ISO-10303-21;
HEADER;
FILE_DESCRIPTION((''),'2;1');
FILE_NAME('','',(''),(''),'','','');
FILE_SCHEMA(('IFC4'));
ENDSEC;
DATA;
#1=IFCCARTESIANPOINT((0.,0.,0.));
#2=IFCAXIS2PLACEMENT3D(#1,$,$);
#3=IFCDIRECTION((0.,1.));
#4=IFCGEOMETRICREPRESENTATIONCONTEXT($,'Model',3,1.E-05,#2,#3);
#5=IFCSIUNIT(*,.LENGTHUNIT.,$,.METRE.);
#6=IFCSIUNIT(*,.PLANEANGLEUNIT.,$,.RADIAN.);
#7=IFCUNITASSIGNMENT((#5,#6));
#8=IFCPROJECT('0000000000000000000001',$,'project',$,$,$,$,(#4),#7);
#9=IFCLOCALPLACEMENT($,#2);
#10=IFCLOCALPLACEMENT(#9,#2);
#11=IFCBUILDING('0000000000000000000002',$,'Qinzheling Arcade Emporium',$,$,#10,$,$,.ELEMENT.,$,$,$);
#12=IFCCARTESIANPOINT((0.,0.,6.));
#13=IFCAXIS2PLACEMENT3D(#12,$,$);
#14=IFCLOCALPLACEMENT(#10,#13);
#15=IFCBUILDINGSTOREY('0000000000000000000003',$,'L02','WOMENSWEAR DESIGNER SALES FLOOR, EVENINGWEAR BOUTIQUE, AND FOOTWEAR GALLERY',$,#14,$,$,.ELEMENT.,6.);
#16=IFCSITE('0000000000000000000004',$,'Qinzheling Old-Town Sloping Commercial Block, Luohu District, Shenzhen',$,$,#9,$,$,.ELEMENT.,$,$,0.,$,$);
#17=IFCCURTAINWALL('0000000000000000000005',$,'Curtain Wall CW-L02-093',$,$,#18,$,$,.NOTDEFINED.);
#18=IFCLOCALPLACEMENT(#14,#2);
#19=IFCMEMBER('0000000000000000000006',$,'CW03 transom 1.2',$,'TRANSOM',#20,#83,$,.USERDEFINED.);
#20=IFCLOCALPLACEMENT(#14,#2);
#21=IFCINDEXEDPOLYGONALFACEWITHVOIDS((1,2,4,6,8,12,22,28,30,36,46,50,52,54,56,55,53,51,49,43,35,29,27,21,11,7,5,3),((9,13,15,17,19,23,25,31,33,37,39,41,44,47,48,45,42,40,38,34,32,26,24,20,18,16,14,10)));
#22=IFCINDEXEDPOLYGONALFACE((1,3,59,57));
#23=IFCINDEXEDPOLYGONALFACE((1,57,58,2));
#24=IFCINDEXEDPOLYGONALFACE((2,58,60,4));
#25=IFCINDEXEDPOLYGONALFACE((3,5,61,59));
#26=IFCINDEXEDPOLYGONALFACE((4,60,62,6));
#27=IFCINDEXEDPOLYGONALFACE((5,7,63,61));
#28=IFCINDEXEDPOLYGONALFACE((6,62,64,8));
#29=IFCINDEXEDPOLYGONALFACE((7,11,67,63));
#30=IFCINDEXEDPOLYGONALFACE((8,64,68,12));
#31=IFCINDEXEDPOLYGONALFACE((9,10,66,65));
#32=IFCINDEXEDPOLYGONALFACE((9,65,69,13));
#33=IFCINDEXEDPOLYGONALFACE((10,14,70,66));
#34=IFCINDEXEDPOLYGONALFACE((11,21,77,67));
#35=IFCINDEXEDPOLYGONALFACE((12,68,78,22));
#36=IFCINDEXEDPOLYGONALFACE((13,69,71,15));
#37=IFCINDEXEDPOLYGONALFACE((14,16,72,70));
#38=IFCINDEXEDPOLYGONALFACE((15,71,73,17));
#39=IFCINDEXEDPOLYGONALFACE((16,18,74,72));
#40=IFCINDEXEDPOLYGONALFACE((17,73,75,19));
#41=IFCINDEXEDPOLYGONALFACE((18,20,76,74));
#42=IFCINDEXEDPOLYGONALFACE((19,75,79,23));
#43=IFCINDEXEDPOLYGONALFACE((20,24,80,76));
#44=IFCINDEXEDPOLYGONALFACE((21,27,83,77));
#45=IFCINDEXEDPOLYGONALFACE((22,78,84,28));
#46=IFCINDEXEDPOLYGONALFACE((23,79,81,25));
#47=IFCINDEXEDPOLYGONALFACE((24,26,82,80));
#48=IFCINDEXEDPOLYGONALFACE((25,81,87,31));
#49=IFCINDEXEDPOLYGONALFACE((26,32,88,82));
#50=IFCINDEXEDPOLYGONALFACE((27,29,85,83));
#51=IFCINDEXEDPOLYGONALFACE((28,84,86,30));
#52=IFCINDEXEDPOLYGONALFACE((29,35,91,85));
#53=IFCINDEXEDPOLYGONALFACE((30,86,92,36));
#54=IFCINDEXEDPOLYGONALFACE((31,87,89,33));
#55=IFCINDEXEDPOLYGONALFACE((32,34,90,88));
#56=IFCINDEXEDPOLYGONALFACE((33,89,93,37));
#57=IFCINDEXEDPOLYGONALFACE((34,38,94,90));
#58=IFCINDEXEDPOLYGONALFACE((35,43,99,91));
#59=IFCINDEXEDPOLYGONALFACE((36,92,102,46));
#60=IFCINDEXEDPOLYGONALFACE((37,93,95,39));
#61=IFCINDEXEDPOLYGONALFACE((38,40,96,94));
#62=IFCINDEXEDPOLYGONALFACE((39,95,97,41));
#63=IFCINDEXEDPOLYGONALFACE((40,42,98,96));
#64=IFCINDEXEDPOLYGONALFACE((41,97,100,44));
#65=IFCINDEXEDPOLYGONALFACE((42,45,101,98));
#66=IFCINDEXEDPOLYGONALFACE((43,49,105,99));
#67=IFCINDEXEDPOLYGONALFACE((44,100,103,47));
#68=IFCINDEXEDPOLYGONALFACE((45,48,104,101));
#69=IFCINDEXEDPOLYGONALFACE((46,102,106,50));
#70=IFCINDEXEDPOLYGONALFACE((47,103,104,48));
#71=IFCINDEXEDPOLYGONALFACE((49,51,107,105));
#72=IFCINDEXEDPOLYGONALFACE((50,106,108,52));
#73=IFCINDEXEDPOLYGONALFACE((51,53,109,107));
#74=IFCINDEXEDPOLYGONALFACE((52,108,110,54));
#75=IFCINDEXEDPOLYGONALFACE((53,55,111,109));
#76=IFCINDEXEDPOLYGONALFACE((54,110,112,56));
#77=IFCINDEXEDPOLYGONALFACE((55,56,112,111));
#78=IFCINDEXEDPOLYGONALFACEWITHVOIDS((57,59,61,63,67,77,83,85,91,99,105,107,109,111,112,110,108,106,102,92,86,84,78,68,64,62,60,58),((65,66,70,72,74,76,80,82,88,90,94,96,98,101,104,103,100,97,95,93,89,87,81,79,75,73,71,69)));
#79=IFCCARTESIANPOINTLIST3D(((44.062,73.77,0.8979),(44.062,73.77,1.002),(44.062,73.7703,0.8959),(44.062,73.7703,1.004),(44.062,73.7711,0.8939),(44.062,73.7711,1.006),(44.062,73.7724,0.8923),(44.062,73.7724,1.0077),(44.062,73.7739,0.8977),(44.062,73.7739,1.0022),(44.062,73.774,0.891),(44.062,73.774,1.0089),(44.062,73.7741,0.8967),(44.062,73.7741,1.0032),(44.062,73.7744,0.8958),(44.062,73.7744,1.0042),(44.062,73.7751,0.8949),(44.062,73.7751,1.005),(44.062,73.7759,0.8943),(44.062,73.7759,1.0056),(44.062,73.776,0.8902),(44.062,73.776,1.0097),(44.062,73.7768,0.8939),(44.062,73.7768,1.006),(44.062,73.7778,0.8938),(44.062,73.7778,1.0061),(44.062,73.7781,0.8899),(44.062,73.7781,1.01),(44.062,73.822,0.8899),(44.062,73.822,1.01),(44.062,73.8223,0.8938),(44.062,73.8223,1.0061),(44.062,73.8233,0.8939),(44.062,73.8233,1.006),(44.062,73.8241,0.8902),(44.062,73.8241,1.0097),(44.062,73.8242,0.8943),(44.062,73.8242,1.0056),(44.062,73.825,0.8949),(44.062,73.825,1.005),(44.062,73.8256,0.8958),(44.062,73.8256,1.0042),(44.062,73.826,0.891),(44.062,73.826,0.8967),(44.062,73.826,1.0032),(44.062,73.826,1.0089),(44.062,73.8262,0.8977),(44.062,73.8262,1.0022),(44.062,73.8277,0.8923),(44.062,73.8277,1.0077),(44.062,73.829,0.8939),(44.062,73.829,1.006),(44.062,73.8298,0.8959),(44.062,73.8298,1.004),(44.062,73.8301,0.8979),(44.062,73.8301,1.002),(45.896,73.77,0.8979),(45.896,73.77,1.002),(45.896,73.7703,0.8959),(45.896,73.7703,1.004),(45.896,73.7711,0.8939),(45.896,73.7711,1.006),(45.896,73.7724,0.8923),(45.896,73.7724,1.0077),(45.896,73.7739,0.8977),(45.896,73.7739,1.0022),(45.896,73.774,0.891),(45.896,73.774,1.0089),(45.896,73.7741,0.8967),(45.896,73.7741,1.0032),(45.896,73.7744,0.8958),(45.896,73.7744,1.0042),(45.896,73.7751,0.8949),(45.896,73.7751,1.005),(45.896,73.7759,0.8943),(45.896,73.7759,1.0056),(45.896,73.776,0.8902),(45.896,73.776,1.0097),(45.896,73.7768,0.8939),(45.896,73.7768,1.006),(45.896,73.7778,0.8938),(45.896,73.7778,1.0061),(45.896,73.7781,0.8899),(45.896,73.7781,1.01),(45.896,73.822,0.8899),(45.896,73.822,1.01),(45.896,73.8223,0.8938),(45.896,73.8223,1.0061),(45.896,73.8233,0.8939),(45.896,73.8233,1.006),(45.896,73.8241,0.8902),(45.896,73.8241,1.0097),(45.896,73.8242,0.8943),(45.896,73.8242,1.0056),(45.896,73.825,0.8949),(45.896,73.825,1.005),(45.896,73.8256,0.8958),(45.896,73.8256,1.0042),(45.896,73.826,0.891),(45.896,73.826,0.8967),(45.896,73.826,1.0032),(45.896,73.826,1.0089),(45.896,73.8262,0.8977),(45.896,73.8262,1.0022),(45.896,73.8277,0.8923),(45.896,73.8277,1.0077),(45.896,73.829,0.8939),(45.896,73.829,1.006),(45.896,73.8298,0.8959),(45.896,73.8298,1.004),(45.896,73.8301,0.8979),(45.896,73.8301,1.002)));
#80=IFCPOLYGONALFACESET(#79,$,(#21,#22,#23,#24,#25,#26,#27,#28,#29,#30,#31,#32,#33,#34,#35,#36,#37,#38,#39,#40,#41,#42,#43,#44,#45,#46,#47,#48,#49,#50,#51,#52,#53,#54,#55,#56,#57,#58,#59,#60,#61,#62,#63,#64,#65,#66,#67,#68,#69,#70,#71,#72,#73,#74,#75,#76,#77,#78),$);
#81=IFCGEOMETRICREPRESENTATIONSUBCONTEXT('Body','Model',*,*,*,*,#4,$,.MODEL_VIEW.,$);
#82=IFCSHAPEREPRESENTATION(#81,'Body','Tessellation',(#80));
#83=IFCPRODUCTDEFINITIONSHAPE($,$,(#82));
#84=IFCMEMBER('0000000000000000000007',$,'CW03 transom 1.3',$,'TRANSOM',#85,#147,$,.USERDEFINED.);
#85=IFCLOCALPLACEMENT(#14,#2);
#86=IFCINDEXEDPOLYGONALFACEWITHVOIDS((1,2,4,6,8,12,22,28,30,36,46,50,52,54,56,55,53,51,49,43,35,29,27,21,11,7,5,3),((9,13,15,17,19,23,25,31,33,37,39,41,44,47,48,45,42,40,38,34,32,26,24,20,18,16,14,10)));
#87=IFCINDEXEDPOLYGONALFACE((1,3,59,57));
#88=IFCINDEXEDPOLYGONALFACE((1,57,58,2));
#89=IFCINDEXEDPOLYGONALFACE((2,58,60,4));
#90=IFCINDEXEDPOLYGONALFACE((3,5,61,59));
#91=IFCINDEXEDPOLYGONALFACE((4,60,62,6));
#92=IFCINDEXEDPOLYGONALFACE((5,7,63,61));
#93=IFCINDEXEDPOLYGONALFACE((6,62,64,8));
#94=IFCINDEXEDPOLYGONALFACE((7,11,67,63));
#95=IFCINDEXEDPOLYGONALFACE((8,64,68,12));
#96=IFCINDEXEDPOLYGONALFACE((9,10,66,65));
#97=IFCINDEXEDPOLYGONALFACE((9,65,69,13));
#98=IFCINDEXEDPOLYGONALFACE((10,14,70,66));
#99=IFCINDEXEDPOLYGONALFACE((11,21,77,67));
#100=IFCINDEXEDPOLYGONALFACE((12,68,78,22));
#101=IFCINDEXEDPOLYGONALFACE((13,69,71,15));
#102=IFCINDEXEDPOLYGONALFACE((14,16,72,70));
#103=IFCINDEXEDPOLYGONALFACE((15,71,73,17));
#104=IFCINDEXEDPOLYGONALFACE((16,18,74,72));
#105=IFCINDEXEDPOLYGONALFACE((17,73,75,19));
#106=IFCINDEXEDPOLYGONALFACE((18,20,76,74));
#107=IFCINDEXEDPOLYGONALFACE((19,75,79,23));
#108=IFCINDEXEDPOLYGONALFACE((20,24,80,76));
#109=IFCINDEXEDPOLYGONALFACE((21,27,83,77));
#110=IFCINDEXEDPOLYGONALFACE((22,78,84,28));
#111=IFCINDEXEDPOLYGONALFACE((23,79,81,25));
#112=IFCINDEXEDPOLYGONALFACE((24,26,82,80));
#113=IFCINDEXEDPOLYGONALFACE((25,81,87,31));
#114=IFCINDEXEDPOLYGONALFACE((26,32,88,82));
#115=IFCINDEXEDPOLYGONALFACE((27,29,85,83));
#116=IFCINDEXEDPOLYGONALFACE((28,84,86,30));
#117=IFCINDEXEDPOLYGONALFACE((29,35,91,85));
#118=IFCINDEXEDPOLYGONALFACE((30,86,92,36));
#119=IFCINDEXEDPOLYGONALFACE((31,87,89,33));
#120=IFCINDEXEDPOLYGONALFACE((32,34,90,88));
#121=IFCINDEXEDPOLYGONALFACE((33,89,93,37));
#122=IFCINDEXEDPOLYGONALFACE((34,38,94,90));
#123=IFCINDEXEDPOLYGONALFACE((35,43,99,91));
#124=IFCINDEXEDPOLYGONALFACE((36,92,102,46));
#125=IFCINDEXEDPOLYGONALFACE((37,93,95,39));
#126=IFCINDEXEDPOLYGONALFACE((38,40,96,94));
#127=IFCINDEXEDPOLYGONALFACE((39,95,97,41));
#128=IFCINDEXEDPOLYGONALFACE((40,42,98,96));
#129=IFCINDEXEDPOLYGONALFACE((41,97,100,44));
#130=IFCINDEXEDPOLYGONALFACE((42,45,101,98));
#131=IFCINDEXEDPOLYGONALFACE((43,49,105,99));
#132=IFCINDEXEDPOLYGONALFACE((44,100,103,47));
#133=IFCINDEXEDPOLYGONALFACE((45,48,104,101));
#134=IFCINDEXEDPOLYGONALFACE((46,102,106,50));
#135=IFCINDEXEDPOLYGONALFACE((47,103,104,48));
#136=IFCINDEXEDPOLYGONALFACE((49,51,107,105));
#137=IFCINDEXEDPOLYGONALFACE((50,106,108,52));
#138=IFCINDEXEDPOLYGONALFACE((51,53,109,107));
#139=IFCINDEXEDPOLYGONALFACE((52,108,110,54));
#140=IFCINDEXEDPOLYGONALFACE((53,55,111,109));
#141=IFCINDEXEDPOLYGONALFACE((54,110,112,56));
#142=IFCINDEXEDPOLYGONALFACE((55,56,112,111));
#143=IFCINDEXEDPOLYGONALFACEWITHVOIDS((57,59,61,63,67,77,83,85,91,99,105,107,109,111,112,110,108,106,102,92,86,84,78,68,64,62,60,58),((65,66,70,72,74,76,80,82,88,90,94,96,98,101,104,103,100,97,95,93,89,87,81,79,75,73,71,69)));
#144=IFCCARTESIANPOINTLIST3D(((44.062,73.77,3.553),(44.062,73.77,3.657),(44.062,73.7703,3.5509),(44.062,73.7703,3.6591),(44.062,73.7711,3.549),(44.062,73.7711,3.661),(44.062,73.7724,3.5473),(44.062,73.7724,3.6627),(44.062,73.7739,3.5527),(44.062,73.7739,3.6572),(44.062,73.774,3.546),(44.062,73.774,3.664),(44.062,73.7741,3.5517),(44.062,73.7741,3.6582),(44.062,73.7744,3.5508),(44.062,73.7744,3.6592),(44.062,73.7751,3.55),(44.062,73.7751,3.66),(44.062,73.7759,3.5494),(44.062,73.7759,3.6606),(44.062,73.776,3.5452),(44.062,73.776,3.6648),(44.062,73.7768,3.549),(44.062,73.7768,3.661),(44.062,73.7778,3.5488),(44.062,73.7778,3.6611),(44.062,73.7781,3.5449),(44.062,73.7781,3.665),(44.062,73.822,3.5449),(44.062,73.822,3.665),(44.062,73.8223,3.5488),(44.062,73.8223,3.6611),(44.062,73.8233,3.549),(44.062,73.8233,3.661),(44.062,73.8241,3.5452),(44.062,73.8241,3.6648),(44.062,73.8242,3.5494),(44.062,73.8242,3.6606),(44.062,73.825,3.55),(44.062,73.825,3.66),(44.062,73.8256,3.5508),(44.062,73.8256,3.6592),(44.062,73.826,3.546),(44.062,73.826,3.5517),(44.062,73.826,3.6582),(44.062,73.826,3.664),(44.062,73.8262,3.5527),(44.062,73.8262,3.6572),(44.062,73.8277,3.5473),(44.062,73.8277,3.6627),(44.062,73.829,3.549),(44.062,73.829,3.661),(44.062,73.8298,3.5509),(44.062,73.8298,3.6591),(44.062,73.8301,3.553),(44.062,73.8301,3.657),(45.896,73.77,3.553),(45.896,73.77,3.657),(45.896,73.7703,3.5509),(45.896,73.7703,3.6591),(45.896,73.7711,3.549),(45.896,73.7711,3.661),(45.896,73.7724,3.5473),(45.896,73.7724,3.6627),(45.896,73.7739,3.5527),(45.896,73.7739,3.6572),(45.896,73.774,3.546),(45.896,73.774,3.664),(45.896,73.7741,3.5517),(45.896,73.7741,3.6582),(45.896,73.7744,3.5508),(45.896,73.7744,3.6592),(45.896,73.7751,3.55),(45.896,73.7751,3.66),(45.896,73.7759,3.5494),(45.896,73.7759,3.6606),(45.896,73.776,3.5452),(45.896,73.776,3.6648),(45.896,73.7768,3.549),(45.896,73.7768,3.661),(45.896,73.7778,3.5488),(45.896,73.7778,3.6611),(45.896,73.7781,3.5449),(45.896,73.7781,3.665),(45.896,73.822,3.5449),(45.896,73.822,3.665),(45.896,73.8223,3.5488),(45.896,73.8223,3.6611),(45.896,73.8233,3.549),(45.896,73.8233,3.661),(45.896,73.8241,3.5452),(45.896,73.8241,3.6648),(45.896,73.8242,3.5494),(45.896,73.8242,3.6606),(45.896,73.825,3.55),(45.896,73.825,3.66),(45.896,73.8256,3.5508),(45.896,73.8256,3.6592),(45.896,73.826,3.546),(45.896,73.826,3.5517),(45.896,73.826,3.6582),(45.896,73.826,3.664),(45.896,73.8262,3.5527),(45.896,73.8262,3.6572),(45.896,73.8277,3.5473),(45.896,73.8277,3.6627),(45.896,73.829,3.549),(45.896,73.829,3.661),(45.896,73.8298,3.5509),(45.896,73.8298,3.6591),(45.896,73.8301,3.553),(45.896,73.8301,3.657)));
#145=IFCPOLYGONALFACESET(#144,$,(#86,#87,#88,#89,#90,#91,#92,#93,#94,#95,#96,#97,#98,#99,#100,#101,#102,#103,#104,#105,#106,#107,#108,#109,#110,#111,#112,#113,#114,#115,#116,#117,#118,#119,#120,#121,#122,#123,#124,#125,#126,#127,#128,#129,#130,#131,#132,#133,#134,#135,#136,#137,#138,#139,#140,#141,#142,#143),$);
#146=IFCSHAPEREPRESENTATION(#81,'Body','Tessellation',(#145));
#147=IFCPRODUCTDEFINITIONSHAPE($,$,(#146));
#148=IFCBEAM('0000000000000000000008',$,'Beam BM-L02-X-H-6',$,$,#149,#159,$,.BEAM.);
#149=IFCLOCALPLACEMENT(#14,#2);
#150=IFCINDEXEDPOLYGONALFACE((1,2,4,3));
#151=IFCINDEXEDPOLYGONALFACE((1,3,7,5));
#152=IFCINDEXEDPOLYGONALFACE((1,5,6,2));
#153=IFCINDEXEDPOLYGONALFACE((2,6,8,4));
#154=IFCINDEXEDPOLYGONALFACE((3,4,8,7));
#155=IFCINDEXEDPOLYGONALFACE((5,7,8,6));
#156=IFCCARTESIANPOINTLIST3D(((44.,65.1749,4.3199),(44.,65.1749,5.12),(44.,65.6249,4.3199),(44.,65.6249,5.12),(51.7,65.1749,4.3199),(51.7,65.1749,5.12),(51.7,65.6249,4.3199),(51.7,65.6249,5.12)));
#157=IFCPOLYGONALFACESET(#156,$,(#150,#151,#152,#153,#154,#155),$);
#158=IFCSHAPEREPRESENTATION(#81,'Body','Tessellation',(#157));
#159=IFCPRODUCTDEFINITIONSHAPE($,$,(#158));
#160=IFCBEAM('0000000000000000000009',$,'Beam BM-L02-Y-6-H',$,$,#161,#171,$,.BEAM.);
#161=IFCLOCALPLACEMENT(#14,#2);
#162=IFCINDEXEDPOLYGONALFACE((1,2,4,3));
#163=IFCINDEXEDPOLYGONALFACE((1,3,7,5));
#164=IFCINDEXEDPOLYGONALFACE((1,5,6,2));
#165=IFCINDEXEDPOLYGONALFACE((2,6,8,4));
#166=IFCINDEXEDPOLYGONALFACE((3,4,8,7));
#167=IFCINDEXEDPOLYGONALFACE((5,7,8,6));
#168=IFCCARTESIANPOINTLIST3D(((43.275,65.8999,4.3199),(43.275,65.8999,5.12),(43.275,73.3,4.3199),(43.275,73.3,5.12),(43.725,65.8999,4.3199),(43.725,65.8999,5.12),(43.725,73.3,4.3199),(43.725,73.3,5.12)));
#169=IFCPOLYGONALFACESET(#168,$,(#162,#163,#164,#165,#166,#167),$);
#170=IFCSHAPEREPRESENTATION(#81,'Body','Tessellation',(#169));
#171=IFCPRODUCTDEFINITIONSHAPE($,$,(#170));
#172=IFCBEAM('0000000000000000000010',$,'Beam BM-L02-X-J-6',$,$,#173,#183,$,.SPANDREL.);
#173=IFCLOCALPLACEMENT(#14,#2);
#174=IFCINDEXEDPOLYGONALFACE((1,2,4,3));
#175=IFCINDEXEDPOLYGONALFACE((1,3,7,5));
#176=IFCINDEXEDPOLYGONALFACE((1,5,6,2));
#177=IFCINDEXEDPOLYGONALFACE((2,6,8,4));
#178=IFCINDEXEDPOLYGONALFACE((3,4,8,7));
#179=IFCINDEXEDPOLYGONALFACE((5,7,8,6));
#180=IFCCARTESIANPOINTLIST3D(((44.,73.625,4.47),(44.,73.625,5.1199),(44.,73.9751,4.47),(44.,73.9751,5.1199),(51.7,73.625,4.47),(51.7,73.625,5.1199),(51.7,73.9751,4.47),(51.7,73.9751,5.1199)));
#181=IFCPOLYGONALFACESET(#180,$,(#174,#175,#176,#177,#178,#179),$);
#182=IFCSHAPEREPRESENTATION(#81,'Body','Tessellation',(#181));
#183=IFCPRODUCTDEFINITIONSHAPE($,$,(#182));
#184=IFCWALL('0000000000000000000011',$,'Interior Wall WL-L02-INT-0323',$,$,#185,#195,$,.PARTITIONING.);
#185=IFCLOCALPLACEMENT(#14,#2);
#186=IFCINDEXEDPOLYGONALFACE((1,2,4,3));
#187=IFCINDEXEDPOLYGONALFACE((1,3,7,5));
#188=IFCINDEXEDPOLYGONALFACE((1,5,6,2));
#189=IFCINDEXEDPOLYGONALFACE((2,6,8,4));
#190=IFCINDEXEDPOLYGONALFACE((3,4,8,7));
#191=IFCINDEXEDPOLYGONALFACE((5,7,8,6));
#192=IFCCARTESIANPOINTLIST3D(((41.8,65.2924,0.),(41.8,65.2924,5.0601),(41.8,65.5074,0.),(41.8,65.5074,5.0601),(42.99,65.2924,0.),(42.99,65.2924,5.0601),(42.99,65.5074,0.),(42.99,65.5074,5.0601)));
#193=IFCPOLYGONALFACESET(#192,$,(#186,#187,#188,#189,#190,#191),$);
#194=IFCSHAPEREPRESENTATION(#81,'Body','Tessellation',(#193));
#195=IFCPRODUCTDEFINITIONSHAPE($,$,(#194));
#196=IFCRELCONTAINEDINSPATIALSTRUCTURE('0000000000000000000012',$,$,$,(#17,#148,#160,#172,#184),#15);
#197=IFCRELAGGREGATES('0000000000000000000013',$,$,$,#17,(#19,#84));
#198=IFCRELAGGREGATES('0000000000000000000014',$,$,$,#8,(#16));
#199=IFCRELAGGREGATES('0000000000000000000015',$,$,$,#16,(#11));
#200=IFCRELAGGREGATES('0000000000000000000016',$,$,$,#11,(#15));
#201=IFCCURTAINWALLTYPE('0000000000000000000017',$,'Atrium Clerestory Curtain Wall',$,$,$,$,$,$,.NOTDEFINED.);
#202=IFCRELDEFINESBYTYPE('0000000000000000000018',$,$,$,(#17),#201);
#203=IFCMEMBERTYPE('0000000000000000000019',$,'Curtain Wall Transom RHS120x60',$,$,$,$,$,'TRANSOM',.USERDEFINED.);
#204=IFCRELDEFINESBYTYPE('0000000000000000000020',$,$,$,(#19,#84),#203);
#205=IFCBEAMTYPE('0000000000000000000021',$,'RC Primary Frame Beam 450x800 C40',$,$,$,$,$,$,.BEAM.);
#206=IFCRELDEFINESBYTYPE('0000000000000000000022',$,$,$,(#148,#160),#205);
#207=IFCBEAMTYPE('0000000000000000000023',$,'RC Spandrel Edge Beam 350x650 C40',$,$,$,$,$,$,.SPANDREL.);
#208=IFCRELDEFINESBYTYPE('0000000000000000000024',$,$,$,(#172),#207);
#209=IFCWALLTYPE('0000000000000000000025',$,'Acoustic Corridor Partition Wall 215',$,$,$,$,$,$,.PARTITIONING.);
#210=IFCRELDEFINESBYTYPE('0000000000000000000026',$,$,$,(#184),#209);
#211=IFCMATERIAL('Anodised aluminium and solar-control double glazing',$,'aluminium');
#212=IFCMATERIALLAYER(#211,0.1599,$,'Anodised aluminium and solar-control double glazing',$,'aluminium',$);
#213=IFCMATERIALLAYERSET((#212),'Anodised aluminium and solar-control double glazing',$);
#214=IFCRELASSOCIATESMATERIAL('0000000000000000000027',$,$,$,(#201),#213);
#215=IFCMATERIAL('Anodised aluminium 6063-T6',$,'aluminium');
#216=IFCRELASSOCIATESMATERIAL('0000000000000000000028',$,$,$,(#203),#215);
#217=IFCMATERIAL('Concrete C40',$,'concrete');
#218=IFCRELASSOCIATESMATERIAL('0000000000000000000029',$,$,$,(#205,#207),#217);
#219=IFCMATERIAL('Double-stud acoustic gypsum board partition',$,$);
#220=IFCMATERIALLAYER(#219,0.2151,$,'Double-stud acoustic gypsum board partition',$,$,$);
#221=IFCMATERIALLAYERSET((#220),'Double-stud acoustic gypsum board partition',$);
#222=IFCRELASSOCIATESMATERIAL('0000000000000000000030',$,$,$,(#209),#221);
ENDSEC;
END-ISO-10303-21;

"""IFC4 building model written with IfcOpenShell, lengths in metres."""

from ifc_helpers import new_model, si_unit, direction, frame, frame_2d, origin, origin_2d, place, context, subcontext, project, spatial, rectangle, hollow_rectangle, extrude, material, layer, layer_set, material_profile, profile_set, type_object, element, aggregate, save


model = new_model("IFC4")

# Units and contexts
model_context = context("Model", 3, precision=1e-05, world=origin(), true_north=direction((0.0, 1.0)))
body_context = subcontext(model_context, "Body", "Model", "MODEL_VIEW")
ifc_project = project(units=[si_unit("LENGTHUNIT", "METRE"), si_unit("PLANEANGLEUNIT", "RADIAN")], contexts=[model_context])

# Site, building, storey
site_placement = place(None, origin())
site = spatial("IfcSite", under=ifc_project, at=site_placement, Name="Qinzheling Old-Town Sloping Commercial Block, Luohu District, Shenzhen", CompositionType="ELEMENT", RefElevation=0.0)
building_placement = place(site_placement, origin())
building = spatial("IfcBuilding", under=site, at=building_placement, Name="Qinzheling Arcade Emporium", CompositionType="ELEMENT")
storey_placement = place(building_placement, frame((0.0, 0.0, 6.0)))
storey = spatial("IfcBuildingStorey", under=building, at=storey_placement, Name="L02", Description="WOMENSWEAR DESIGNER SALES FLOOR, EVENINGWEAR BOUTIQUE, AND FOOTWEAR GALLERY", CompositionType="ELEMENT", Elevation=6.0)

# Curtain wall, members
ifc_material_1 = material(Name="Anodised aluminium and solar-control double glazing", Category="aluminium")
ifc_layer_1 = layer(ifc_material_1, 0.1599, Name="Anodised aluminium and solar-control double glazing", Category="aluminium")
ifc_layer_set_1 = layer_set([ifc_layer_1], Name="Anodised aluminium and solar-control double glazing")
curtain_wall_type = type_object("IfcCurtainWallType", Name="Atrium Clerestory Curtain Wall", PredefinedType="NOTDEFINED", material=ifc_layer_set_1)
curtain_wall_placement = place(storey_placement, origin())
curtain_wall = element("IfcCurtainWall", 1, at=curtain_wall_placement, inside=storey, type_object=curtain_wall_type, Name="Curtain Wall CW-L02-093", PredefinedType="NOTDEFINED")
ifc_material_2 = material(Name="Anodised aluminium 6063-T6", Category="aluminium")
ifc_material_profile_1 = material_profile(ifc_material_2, hollow_rectangle(XDim=0.0601, YDim=0.1201, WallThickness=0.0039, InnerFilletRadius=0.0039, OuterFilletRadius=0.0081, at=origin_2d()), Name="RHS 120x60x4", Category="aluminium")
ifc_profile_set_1 = profile_set([ifc_material_profile_1], Name="Anodised aluminium 6063-T6")
member_type_1 = type_object("IfcMemberType", Name="Curtain Wall Transom RHS120x60", ElementType="TRANSOM", PredefinedType="USERDEFINED", material=ifc_profile_set_1)
member_1_placement = place(storey_placement, frame((44.062, 73.8, 0.95), z_axis=(1.0, 0.0, 0.0), x_axis=(0.0, 1.0, 0.0)))
member_1 = element("IfcMember", 2, at=member_1_placement, type_object=member_type_1, Name="CW03 transom 1.2", ObjectType="TRANSOM", PredefinedType="USERDEFINED", context=body_context, shape_type="SweptSolid", body=[
    extrude(hollow_rectangle(XDim=0.0601, YDim=0.1201, WallThickness=0.0039, InnerFilletRadius=0.0039, OuterFilletRadius=0.0081, at=origin_2d()), origin(), (0.0, 0.0, 1.0), 1.834),
])
member_2_placement = place(storey_placement, frame((44.062, 73.8, 3.605), z_axis=(1.0, 0.0, 0.0), x_axis=(0.0, 1.0, 0.0)))
member_2 = element("IfcMember", 3, at=member_2_placement, type_object=member_type_1, Name="CW03 transom 1.3", ObjectType="TRANSOM", PredefinedType="USERDEFINED", context=body_context, shape_type="SweptSolid", body=[
    extrude(hollow_rectangle(XDim=0.0601, YDim=0.1201, WallThickness=0.0039, InnerFilletRadius=0.0039, OuterFilletRadius=0.0081, at=origin_2d()), origin(), (0.0, 0.0, 1.0), 1.834),
])
aggregate(curtain_wall, [member_1, member_2])

# Beams
ifc_material_3 = material(Name="Concrete C40", Category="concrete")
ifc_material_profile_2 = material_profile(ifc_material_3, rectangle(XDim=0.45, YDim=0.8, at=origin_2d()), Name="RC 450x800", Category="concrete")
ifc_profile_set_2 = profile_set([ifc_material_profile_2], Name="Concrete C40")
beam_type_1 = type_object("IfcBeamType", Name="RC Primary Frame Beam 450x800 C40", PredefinedType="BEAM", material=ifc_profile_set_2)
beam_1_placement = place(storey_placement, frame((44.0, 65.3999, 4.72), z_axis=(1.0, 0.0, 0.0), x_axis=(0.0, 1.0, 0.0)))
element("IfcBeam", 4, at=beam_1_placement, inside=storey, type_object=beam_type_1, Name="Beam BM-L02-X-H-6", PredefinedType="BEAM", context=body_context, shape_type="SweptSolid", body=[
    extrude(rectangle(XDim=0.45, YDim=0.8, at=origin_2d()), origin(), (0.0, 0.0, 1.0), 7.7),
])
beam_2_placement = place(storey_placement, frame((43.5, 65.8999, 4.72), z_axis=(0.0, 1.0, 0.0), x_axis=(-1.0, 0.0, 0.0)))
element("IfcBeam", 5, at=beam_2_placement, inside=storey, type_object=beam_type_1, Name="Beam BM-L02-Y-6-H", PredefinedType="BEAM", context=body_context, shape_type="SweptSolid", body=[
    extrude(rectangle(XDim=0.45, YDim=0.8, at=origin_2d()), origin(), (0.0, 0.0, 1.0), 7.4001),
])
ifc_material_profile_3 = material_profile(ifc_material_3, rectangle(XDim=0.3501, YDim=0.6499, at=origin_2d()), Name="RC 350x650", Category="concrete")
ifc_profile_set_3 = profile_set([ifc_material_profile_3], Name="Concrete C40")
beam_type_2 = type_object("IfcBeamType", Name="RC Spandrel Edge Beam 350x650 C40", PredefinedType="SPANDREL", material=ifc_profile_set_3)
beam_3_placement = place(storey_placement, frame((44.0, 73.8, 4.7949), z_axis=(1.0, 0.0, 0.0), x_axis=(0.0, 1.0, 0.0)))
element("IfcBeam", 6, at=beam_3_placement, inside=storey, type_object=beam_type_2, Name="Beam BM-L02-X-J-6", PredefinedType="SPANDREL", context=body_context, shape_type="SweptSolid", body=[
    extrude(rectangle(XDim=0.3501, YDim=0.6499, at=origin_2d()), origin(), (0.0, 0.0, 1.0), 7.7),
])

# Wall
ifc_material_4 = material(Name="Double-stud acoustic gypsum board partition")
ifc_layer_2 = layer(ifc_material_4, 0.2151, Name="Double-stud acoustic gypsum board partition")
ifc_layer_set_2 = layer_set([ifc_layer_2], Name="Double-stud acoustic gypsum board partition")
wall_type_1 = type_object("IfcWallType", Name="Acoustic Corridor Partition Wall 215", PredefinedType="PARTITIONING", material=ifc_layer_set_2)
wall_1_placement = place(storey_placement, frame((42.99, 65.3999, 0.0), z_axis=(0.0, 0.0, 1.0), x_axis=(-1.0, 0.0, 0.0)))
element("IfcWall", 7, at=wall_1_placement, inside=storey, type_object=wall_type_1, Name="Interior Wall WL-L02-INT-0323", PredefinedType="PARTITIONING", context=body_context, shape_type="SweptSolid", body=[
    extrude(rectangle(XDim=1.1899, YDim=0.2151, at=frame_2d((0.595, 0.0))), origin(), (0.0, 0.0, 1.0), 5.0601),
])

save(model, "model.ifc")
